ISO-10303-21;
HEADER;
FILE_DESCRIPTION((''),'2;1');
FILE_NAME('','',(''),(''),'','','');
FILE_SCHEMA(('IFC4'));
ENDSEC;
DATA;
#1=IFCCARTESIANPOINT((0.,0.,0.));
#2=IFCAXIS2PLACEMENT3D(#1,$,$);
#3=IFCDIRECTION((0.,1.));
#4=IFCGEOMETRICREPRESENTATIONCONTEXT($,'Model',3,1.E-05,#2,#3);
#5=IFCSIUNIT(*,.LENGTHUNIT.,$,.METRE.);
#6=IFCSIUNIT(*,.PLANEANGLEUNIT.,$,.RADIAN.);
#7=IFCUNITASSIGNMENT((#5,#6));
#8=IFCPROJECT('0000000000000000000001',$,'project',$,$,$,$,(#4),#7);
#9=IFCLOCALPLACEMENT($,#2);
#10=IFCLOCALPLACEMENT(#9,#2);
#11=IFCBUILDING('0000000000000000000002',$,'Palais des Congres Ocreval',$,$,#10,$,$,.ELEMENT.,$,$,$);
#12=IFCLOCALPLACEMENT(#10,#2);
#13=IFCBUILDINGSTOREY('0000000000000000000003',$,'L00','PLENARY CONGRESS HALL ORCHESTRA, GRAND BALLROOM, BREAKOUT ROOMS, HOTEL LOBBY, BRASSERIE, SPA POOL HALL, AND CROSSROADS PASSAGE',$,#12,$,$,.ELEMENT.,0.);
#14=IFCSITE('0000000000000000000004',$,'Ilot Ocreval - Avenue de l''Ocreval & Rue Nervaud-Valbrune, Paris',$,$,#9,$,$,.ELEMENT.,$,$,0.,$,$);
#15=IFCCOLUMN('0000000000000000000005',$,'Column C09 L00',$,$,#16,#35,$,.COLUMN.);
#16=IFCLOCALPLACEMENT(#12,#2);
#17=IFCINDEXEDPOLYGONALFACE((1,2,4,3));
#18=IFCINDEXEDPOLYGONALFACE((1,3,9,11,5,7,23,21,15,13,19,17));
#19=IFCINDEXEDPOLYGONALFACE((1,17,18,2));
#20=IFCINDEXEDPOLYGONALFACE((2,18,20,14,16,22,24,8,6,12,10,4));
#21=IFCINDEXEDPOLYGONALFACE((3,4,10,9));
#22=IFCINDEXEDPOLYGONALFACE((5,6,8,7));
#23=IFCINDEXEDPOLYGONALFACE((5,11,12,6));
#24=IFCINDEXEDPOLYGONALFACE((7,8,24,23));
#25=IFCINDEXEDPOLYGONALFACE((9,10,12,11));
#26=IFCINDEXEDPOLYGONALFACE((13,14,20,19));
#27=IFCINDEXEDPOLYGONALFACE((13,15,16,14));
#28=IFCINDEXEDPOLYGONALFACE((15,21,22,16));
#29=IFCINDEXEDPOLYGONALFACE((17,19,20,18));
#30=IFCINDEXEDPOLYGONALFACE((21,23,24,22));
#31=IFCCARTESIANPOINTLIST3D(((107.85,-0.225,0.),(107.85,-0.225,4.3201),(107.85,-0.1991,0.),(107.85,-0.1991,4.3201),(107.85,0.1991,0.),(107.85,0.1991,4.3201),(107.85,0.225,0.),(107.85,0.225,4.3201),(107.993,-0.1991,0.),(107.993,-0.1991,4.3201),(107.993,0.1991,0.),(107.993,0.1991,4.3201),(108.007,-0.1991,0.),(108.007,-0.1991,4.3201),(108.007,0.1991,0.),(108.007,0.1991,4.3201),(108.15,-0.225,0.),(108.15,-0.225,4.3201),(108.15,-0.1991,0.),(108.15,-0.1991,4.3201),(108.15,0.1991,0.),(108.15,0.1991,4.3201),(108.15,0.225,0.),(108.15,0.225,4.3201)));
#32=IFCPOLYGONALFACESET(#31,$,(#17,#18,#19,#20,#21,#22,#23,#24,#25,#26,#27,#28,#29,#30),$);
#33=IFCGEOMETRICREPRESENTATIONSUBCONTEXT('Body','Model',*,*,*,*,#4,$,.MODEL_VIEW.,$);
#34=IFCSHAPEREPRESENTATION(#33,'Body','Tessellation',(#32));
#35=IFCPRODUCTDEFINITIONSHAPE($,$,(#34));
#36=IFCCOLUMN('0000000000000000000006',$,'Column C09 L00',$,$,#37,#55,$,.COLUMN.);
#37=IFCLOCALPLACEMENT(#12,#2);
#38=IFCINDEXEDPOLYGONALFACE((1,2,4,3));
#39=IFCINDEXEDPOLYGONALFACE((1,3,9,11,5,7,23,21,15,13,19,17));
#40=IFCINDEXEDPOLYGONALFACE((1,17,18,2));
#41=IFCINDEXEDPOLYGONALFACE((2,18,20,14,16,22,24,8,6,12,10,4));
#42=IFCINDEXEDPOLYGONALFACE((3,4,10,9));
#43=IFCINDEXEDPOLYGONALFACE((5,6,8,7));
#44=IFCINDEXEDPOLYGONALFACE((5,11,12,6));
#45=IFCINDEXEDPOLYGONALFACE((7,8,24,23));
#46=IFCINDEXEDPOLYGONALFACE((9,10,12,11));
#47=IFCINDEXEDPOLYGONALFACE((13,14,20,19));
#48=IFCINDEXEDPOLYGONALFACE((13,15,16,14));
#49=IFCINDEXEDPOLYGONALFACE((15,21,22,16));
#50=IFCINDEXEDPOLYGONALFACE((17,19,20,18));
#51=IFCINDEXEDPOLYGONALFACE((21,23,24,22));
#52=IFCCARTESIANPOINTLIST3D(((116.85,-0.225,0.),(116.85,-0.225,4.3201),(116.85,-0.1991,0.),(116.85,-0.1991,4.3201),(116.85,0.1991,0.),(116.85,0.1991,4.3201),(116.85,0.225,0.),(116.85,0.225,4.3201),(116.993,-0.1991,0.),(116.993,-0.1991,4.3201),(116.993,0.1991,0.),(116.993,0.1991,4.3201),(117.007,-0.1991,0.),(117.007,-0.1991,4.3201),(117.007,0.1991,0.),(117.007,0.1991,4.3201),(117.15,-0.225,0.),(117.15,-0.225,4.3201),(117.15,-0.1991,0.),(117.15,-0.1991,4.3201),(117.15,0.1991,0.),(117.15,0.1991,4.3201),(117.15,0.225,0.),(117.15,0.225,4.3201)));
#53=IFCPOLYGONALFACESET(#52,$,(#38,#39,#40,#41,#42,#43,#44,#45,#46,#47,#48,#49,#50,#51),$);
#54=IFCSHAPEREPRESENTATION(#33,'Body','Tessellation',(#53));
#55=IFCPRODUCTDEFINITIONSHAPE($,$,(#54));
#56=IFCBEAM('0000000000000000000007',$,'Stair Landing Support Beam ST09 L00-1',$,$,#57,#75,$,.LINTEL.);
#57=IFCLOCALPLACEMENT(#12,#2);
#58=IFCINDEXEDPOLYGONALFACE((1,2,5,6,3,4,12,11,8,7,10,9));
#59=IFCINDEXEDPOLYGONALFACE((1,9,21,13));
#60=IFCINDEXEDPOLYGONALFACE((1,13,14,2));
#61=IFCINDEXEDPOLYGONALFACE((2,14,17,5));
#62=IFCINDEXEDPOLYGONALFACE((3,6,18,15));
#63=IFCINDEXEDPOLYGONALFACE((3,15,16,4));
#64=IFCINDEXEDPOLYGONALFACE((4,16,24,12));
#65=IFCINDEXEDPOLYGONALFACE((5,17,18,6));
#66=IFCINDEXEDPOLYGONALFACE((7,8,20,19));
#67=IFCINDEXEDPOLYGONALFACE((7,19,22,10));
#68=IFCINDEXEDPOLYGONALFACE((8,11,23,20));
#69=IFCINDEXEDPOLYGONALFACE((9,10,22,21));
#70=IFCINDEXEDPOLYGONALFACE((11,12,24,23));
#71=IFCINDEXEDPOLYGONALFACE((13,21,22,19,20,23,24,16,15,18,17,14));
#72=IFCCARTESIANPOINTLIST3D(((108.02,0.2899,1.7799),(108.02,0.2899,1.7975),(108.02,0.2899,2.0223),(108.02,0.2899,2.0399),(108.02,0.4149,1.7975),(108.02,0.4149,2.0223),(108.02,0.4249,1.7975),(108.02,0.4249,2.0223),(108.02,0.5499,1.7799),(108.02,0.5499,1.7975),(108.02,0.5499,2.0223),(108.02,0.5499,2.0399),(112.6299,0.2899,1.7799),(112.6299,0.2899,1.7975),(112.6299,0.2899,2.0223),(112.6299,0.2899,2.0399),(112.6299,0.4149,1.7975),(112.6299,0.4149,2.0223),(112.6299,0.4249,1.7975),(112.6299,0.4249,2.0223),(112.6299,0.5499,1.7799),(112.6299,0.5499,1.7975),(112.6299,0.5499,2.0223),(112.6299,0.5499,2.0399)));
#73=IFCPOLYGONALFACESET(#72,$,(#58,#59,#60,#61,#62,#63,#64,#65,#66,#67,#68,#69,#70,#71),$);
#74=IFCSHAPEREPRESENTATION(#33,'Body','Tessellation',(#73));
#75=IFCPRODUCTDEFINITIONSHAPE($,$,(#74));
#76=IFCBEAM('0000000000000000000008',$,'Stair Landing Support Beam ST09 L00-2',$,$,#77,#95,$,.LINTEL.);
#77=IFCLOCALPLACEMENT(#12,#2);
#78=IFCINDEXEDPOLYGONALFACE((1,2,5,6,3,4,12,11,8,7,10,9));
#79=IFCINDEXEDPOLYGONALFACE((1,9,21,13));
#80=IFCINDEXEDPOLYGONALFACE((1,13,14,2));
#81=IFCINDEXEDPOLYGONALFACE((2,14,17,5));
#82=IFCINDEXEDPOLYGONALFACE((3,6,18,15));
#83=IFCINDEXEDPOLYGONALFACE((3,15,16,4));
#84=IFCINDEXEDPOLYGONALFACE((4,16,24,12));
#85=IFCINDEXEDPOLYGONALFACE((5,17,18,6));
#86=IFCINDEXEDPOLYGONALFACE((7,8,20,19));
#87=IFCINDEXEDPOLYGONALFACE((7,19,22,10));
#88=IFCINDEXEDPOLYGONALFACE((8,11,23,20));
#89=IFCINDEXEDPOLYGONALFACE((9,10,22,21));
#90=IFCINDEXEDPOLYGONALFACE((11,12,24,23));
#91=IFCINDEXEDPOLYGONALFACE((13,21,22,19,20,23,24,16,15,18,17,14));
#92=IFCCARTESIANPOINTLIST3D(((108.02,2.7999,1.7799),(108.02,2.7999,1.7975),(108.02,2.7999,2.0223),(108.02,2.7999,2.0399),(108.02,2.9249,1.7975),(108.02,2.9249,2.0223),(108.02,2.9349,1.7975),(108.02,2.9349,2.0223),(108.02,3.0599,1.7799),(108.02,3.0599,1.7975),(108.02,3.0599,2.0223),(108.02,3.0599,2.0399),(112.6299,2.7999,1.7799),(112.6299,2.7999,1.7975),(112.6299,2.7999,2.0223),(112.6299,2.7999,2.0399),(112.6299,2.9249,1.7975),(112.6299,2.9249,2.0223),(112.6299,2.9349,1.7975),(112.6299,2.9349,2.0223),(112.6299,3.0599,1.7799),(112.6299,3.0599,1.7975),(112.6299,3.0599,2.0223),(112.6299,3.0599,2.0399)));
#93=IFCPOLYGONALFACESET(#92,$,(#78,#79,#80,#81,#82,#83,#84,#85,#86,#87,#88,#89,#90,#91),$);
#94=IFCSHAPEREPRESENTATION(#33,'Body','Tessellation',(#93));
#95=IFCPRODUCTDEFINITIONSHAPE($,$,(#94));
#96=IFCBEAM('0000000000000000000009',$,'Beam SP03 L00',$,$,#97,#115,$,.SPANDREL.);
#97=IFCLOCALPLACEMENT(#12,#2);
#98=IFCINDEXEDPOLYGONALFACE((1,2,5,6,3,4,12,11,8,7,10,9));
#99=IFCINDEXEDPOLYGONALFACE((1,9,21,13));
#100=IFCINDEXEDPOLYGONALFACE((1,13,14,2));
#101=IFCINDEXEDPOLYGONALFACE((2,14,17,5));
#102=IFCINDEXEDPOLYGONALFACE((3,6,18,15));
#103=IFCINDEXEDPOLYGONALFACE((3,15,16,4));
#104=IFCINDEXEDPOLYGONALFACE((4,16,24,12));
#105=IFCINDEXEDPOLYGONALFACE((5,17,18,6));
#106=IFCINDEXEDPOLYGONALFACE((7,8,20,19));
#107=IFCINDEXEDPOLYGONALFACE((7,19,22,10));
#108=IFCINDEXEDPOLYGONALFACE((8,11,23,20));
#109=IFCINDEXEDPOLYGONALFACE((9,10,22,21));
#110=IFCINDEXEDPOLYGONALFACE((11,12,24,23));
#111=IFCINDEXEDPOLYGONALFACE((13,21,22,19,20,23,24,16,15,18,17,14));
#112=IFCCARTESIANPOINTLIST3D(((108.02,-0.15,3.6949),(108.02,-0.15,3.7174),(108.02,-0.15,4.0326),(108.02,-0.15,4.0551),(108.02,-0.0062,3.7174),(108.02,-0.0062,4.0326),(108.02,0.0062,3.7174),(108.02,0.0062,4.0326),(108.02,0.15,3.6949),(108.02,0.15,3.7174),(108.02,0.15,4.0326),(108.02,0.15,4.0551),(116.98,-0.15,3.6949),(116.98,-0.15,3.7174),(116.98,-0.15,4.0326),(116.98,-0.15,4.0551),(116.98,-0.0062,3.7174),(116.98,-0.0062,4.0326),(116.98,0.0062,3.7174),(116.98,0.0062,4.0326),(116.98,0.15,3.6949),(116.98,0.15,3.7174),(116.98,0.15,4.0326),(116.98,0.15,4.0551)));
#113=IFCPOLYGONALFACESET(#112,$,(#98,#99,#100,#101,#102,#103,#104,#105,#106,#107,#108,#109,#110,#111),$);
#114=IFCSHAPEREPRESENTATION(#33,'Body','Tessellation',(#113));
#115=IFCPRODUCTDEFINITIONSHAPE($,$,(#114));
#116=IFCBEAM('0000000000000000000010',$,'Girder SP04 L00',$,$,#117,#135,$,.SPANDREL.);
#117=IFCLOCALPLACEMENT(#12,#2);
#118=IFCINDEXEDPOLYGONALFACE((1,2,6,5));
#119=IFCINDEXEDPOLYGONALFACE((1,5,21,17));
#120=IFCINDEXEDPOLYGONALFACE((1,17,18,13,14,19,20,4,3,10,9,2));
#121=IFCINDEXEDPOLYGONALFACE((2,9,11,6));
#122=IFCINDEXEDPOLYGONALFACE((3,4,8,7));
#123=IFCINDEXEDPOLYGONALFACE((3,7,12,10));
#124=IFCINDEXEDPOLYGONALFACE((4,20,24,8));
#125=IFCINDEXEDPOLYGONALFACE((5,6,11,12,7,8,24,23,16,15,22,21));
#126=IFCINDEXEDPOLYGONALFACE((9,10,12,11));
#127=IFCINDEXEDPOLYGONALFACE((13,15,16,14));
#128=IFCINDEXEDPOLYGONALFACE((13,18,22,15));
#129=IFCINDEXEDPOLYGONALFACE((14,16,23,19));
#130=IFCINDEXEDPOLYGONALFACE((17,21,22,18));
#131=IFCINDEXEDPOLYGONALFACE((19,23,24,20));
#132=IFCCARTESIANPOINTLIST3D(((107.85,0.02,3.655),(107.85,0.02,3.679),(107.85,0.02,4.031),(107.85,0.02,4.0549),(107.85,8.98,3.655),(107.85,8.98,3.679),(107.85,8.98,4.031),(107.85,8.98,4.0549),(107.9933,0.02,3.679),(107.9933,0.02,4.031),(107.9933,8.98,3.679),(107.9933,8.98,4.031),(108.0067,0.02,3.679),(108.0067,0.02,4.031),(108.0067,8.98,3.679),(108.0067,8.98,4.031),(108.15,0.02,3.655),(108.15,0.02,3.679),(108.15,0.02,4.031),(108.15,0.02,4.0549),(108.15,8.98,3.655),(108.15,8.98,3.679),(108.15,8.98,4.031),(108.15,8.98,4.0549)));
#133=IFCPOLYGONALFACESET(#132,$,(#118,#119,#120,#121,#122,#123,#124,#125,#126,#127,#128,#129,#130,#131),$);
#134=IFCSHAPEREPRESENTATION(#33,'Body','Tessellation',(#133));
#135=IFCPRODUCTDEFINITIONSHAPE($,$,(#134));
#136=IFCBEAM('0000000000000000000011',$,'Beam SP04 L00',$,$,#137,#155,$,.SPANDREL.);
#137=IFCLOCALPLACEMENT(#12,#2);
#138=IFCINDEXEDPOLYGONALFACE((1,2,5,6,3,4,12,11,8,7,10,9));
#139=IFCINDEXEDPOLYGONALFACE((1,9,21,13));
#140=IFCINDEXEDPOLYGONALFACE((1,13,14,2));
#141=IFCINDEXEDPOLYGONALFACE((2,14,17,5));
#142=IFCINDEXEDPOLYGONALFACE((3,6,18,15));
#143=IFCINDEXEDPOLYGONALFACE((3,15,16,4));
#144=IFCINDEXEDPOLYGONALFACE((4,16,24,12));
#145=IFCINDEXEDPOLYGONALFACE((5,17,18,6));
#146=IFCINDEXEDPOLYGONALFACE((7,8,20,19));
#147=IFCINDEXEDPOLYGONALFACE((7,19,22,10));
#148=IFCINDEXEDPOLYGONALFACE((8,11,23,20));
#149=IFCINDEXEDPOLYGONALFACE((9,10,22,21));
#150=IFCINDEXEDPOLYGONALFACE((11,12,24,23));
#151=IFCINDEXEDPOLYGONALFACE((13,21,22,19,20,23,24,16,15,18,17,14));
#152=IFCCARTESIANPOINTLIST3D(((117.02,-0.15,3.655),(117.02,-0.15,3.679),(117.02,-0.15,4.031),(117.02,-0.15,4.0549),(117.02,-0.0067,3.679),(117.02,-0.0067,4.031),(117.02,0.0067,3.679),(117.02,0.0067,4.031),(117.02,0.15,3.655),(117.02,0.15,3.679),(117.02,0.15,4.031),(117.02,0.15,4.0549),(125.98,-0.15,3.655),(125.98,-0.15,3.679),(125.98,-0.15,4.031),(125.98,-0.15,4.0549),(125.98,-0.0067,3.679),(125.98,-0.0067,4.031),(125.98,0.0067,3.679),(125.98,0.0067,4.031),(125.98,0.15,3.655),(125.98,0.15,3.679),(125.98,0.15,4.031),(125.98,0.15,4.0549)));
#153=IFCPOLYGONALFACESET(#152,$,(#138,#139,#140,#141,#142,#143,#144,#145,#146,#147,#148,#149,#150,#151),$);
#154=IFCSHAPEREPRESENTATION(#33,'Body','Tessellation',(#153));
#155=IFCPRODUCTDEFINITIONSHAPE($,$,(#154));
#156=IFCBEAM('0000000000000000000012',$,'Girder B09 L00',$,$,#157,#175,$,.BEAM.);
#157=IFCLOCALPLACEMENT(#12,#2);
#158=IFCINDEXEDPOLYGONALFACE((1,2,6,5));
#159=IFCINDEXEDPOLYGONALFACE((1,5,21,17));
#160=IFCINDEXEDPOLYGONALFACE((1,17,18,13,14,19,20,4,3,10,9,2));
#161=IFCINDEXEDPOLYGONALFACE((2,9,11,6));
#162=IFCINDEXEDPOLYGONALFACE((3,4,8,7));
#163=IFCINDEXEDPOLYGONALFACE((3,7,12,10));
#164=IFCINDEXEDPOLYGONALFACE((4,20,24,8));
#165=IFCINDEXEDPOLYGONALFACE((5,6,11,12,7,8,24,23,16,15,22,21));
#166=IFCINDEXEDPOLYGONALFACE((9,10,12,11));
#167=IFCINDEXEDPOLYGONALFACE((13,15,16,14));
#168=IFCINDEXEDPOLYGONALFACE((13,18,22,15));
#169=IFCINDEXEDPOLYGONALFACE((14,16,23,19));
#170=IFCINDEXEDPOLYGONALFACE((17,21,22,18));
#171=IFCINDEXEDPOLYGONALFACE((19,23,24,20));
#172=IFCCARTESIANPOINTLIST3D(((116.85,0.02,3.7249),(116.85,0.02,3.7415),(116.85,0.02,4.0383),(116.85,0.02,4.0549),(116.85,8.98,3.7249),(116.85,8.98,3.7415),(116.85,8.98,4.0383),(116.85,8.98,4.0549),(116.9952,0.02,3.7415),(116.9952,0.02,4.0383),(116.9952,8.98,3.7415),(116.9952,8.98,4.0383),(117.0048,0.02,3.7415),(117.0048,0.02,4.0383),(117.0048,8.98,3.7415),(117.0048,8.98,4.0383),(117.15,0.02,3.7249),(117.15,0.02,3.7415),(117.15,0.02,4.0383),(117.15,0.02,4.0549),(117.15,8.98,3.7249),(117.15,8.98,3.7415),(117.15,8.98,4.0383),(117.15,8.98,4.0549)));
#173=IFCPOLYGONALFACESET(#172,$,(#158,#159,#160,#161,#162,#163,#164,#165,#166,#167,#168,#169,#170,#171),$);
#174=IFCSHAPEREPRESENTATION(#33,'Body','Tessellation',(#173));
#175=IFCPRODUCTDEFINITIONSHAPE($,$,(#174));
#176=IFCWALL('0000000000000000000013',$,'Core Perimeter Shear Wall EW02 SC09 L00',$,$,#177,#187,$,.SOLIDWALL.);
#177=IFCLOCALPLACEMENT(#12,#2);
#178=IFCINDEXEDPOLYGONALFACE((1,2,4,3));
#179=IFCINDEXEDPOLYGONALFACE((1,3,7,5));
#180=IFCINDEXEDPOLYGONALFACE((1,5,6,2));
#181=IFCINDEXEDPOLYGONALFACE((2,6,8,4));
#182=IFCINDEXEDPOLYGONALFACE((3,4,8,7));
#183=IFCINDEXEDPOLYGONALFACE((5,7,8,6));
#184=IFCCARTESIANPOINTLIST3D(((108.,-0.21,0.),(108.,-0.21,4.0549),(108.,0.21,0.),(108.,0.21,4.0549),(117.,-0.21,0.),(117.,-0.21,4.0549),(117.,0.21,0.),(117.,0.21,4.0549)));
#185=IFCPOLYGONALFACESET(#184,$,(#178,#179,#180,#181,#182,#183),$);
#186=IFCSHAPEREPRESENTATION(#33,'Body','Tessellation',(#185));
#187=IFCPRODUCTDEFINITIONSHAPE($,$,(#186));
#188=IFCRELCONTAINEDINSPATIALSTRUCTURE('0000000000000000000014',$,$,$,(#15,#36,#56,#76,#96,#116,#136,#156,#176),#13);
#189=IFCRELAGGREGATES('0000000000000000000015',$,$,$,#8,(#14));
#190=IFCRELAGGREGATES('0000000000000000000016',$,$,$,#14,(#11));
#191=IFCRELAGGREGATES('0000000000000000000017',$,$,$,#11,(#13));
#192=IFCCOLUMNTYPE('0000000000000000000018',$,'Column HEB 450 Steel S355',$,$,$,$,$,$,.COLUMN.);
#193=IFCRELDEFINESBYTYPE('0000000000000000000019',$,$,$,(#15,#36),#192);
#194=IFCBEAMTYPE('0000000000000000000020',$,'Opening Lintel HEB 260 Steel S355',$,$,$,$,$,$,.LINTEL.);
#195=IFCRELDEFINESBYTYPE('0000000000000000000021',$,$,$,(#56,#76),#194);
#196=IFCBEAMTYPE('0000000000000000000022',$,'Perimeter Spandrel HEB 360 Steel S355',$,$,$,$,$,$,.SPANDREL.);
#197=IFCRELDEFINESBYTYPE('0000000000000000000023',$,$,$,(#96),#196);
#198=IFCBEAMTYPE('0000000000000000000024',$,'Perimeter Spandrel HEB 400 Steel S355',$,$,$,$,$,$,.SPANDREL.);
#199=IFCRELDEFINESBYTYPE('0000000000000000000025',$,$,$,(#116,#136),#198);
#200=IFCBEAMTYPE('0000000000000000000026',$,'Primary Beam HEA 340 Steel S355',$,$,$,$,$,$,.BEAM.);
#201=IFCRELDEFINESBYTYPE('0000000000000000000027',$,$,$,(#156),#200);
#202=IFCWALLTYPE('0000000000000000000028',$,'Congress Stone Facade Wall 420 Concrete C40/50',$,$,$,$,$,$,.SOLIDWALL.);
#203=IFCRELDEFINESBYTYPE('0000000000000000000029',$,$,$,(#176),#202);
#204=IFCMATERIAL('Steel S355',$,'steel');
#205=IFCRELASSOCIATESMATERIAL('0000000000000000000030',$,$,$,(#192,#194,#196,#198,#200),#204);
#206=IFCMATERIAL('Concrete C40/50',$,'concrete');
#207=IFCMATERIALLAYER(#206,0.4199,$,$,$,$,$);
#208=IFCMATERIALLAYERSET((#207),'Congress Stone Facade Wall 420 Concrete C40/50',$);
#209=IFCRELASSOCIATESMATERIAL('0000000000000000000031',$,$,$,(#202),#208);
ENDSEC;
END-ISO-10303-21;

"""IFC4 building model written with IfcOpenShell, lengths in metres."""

from ifc_helpers import new_model, si_unit, direction, frame, frame_2d, origin, origin_2d, place, context, subcontext, project, spatial, rectangle, i_section, extrude, material, layer, layer_set, material_profile, profile_set, type_object, element, save


model = new_model("IFC4")

# Units and contexts
model_context = context("Model", 3, precision=1e-05, world=origin(), true_north=direction((0.0, 1.0)))
body_context = subcontext(model_context, "Body", "Model", "MODEL_VIEW")
ifc_project = project(units=[si_unit("LENGTHUNIT", "METRE"), si_unit("PLANEANGLEUNIT", "RADIAN")], contexts=[model_context])

# Site, building, storey
site_placement = place(None, origin())
site = spatial("IfcSite", under=ifc_project, at=site_placement, Name="Ilot Ocreval - Avenue de l'Ocreval & Rue Nervaud-Valbrune, Paris", CompositionType="ELEMENT", RefElevation=0.0)
building_placement = place(site_placement, origin())
building = spatial("IfcBuilding", under=site, at=building_placement, Name="Palais des Congres Ocreval", CompositionType="ELEMENT")
storey_placement = place(building_placement, origin())
storey = spatial("IfcBuildingStorey", under=building, at=storey_placement, Name="L00", Description="PLENARY CONGRESS HALL ORCHESTRA, GRAND BALLROOM, BREAKOUT ROOMS, HOTEL LOBBY, BRASSERIE, SPA POOL HALL, AND CROSSROADS PASSAGE", CompositionType="ELEMENT", Elevation=0.0)

# Columns
ifc_material_1 = material(Name="Steel S355", Category="steel")
ifc_material_profile_1 = material_profile(ifc_material_1, i_section(OverallWidth=0.3, OverallDepth=0.45, WebThickness=0.0139, FlangeThickness=0.0259, at=origin_2d()), Name="HEB 450")
ifc_profile_set_1 = profile_set([ifc_material_profile_1], Name="Steel S355")
column_type = type_object("IfcColumnType", Name="Column HEB 450 Steel S355", PredefinedType="COLUMN", material=ifc_profile_set_1)
for number, where, z_axis, x_axis, name in (
    (1, (108.0, 0.0, 0.0), (0.0, 0.0, 1.0), (1.0, 0.0, 0.0), "Column C09 L00"),
    (2, (117.0, 0.0, 0.0), (0.0, 0.0, 1.0), (1.0, 0.0, 0.0), "Column C09 L00"),
):
    element("IfcColumn", number, at=place(storey_placement, frame(where, z_axis=z_axis, x_axis=x_axis)), inside=storey, type_object=column_type, Name=name, PredefinedType="COLUMN", context=body_context, shape_type="SweptSolid", body=[
        extrude(i_section(OverallWidth=0.3, OverallDepth=0.45, WebThickness=0.0139, FlangeThickness=0.0259, at=origin_2d()), origin(), (0.0, 0.0, 1.0), 4.3201),
    ])

# Beams
ifc_material_profile_2 = material_profile(ifc_material_1, i_section(OverallWidth=0.26, OverallDepth=0.26, WebThickness=0.01, FlangeThickness=0.0176, at=origin_2d()), Name="HEB 260")
ifc_profile_set_2 = profile_set([ifc_material_profile_2], Name="Steel S355")
beam_type_1 = type_object("IfcBeamType", Name="Opening Lintel HEB 260 Steel S355", PredefinedType="LINTEL", material=ifc_profile_set_2)
for number, where, z_axis, x_axis, name in (
    (3, (108.02, 0.4199, 1.9099), (1.0, 0.0, 0.0), (0.0, 1.0, 0.0), "Stair Landing Support Beam ST09 L00-1"),
    (4, (108.02, 2.9299, 1.9099), (1.0, 0.0, 0.0), (0.0, 1.0, 0.0), "Stair Landing Support Beam ST09 L00-2"),
):
    element("IfcBeam", number, at=place(storey_placement, frame(where, z_axis=z_axis, x_axis=x_axis)), inside=storey, type_object=beam_type_1, Name=name, PredefinedType="LINTEL", context=body_context, shape_type="SweptSolid", body=[
        extrude(i_section(OverallWidth=0.26, OverallDepth=0.26, WebThickness=0.01, FlangeThickness=0.0176, at=origin_2d()), origin(), (0.0, 0.0, 1.0), 4.6099),
    ])
ifc_material_profile_3 = material_profile(ifc_material_1, i_section(OverallWidth=0.3, OverallDepth=0.3601, WebThickness=0.0125, FlangeThickness=0.0225, at=origin_2d()), Name="HEB 360")
ifc_profile_set_3 = profile_set([ifc_material_profile_3], Name="Steel S355")
beam_type_2 = type_object("IfcBeamType", Name="Perimeter Spandrel HEB 360 Steel S355", PredefinedType="SPANDREL", material=ifc_profile_set_3)
beam_1_placement = place(storey_placement, frame((108.02, 0.0, 3.875), z_axis=(1.0, 0.0, 0.0), x_axis=(0.0, 1.0, 0.0)))
element("IfcBeam", 5, at=beam_1_placement, inside=storey, type_object=beam_type_2, Name="Beam SP03 L00", PredefinedType="SPANDREL", context=body_context, shape_type="SweptSolid", body=[
    extrude(i_section(OverallWidth=0.3, OverallDepth=0.3601, WebThickness=0.0125, FlangeThickness=0.0225, at=origin_2d()), origin(), (0.0, 0.0, 1.0), 8.96),
])
ifc_material_profile_4 = material_profile(ifc_material_1, i_section(OverallWidth=0.3, OverallDepth=0.3999, WebThickness=0.0134, FlangeThickness=0.0239, at=origin_2d()), Name="HEB 400")
ifc_profile_set_4 = profile_set([ifc_material_profile_4], Name="Steel S355")
beam_type_3 = type_object("IfcBeamType", Name="Perimeter Spandrel HEB 400 Steel S355", PredefinedType="SPANDREL", material=ifc_profile_set_4)
for number, where, z_axis, x_axis, name in (
    (6, (108.0, 0.02, 3.855), (0.0, 1.0, 0.0), (-1.0, 0.0, 0.0), "Girder SP04 L00"),
    (7, (117.02, 0.0, 3.855), (1.0, 0.0, 0.0), (0.0, 1.0, 0.0), "Beam SP04 L00"),
):
    element("IfcBeam", number, at=place(storey_placement, frame(where, z_axis=z_axis, x_axis=x_axis)), inside=storey, type_object=beam_type_3, Name=name, PredefinedType="SPANDREL", context=body_context, shape_type="SweptSolid", body=[
        extrude(i_section(OverallWidth=0.3, OverallDepth=0.3999, WebThickness=0.0134, FlangeThickness=0.0239, at=origin_2d()), origin(), (0.0, 0.0, 1.0), 8.96),
    ])
ifc_material_profile_5 = material_profile(ifc_material_1, i_section(OverallWidth=0.3, OverallDepth=0.3301, WebThickness=0.0095, FlangeThickness=0.0166, at=origin_2d()), Name="HEA 340")
ifc_profile_set_5 = profile_set([ifc_material_profile_5], Name="Steel S355")
beam_type_4 = type_object("IfcBeamType", Name="Primary Beam HEA 340 Steel S355", PredefinedType="BEAM", material=ifc_profile_set_5)
beam_2_placement = place(storey_placement, frame((117.0, 0.02, 3.8899), z_axis=(0.0, 1.0, 0.0), x_axis=(-1.0, 0.0, 0.0)))
element("IfcBeam", 8, at=beam_2_placement, inside=storey, type_object=beam_type_4, Name="Girder B09 L00", PredefinedType="BEAM", context=body_context, shape_type="SweptSolid", body=[
    extrude(i_section(OverallWidth=0.3, OverallDepth=0.3301, WebThickness=0.0095, FlangeThickness=0.0166, at=origin_2d()), origin(), (0.0, 0.0, 1.0), 8.96),
])

# Wall
ifc_material_2 = material(Name="Concrete C40/50", Category="concrete")
ifc_layer_1 = layer(ifc_material_2, 0.4199)
ifc_layer_set_1 = layer_set([ifc_layer_1], Name="Congress Stone Facade Wall 420 Concrete C40/50")
wall_type_1 = type_object("IfcWallType", Name="Congress Stone Facade Wall 420 Concrete C40/50", PredefinedType="SOLIDWALL", material=ifc_layer_set_1)
wall_1_placement = place(storey_placement, frame((117.0, 0.0, 0.0), z_axis=(0.0, 0.0, 1.0), x_axis=(-1.0, 0.0, 0.0)))
element("IfcWall", 9, at=wall_1_placement, inside=storey, type_object=wall_type_1, Name="Core Perimeter Shear Wall EW02 SC09 L00", PredefinedType="SOLIDWALL", context=body_context, shape_type="SweptSolid", body=[
    extrude(rectangle(XDim=9.0, YDim=0.4199, at=frame_2d((4.5, 0.0))), origin(), (0.0, 0.0, 1.0), 4.0549),
])

save(model, "model.ifc")
